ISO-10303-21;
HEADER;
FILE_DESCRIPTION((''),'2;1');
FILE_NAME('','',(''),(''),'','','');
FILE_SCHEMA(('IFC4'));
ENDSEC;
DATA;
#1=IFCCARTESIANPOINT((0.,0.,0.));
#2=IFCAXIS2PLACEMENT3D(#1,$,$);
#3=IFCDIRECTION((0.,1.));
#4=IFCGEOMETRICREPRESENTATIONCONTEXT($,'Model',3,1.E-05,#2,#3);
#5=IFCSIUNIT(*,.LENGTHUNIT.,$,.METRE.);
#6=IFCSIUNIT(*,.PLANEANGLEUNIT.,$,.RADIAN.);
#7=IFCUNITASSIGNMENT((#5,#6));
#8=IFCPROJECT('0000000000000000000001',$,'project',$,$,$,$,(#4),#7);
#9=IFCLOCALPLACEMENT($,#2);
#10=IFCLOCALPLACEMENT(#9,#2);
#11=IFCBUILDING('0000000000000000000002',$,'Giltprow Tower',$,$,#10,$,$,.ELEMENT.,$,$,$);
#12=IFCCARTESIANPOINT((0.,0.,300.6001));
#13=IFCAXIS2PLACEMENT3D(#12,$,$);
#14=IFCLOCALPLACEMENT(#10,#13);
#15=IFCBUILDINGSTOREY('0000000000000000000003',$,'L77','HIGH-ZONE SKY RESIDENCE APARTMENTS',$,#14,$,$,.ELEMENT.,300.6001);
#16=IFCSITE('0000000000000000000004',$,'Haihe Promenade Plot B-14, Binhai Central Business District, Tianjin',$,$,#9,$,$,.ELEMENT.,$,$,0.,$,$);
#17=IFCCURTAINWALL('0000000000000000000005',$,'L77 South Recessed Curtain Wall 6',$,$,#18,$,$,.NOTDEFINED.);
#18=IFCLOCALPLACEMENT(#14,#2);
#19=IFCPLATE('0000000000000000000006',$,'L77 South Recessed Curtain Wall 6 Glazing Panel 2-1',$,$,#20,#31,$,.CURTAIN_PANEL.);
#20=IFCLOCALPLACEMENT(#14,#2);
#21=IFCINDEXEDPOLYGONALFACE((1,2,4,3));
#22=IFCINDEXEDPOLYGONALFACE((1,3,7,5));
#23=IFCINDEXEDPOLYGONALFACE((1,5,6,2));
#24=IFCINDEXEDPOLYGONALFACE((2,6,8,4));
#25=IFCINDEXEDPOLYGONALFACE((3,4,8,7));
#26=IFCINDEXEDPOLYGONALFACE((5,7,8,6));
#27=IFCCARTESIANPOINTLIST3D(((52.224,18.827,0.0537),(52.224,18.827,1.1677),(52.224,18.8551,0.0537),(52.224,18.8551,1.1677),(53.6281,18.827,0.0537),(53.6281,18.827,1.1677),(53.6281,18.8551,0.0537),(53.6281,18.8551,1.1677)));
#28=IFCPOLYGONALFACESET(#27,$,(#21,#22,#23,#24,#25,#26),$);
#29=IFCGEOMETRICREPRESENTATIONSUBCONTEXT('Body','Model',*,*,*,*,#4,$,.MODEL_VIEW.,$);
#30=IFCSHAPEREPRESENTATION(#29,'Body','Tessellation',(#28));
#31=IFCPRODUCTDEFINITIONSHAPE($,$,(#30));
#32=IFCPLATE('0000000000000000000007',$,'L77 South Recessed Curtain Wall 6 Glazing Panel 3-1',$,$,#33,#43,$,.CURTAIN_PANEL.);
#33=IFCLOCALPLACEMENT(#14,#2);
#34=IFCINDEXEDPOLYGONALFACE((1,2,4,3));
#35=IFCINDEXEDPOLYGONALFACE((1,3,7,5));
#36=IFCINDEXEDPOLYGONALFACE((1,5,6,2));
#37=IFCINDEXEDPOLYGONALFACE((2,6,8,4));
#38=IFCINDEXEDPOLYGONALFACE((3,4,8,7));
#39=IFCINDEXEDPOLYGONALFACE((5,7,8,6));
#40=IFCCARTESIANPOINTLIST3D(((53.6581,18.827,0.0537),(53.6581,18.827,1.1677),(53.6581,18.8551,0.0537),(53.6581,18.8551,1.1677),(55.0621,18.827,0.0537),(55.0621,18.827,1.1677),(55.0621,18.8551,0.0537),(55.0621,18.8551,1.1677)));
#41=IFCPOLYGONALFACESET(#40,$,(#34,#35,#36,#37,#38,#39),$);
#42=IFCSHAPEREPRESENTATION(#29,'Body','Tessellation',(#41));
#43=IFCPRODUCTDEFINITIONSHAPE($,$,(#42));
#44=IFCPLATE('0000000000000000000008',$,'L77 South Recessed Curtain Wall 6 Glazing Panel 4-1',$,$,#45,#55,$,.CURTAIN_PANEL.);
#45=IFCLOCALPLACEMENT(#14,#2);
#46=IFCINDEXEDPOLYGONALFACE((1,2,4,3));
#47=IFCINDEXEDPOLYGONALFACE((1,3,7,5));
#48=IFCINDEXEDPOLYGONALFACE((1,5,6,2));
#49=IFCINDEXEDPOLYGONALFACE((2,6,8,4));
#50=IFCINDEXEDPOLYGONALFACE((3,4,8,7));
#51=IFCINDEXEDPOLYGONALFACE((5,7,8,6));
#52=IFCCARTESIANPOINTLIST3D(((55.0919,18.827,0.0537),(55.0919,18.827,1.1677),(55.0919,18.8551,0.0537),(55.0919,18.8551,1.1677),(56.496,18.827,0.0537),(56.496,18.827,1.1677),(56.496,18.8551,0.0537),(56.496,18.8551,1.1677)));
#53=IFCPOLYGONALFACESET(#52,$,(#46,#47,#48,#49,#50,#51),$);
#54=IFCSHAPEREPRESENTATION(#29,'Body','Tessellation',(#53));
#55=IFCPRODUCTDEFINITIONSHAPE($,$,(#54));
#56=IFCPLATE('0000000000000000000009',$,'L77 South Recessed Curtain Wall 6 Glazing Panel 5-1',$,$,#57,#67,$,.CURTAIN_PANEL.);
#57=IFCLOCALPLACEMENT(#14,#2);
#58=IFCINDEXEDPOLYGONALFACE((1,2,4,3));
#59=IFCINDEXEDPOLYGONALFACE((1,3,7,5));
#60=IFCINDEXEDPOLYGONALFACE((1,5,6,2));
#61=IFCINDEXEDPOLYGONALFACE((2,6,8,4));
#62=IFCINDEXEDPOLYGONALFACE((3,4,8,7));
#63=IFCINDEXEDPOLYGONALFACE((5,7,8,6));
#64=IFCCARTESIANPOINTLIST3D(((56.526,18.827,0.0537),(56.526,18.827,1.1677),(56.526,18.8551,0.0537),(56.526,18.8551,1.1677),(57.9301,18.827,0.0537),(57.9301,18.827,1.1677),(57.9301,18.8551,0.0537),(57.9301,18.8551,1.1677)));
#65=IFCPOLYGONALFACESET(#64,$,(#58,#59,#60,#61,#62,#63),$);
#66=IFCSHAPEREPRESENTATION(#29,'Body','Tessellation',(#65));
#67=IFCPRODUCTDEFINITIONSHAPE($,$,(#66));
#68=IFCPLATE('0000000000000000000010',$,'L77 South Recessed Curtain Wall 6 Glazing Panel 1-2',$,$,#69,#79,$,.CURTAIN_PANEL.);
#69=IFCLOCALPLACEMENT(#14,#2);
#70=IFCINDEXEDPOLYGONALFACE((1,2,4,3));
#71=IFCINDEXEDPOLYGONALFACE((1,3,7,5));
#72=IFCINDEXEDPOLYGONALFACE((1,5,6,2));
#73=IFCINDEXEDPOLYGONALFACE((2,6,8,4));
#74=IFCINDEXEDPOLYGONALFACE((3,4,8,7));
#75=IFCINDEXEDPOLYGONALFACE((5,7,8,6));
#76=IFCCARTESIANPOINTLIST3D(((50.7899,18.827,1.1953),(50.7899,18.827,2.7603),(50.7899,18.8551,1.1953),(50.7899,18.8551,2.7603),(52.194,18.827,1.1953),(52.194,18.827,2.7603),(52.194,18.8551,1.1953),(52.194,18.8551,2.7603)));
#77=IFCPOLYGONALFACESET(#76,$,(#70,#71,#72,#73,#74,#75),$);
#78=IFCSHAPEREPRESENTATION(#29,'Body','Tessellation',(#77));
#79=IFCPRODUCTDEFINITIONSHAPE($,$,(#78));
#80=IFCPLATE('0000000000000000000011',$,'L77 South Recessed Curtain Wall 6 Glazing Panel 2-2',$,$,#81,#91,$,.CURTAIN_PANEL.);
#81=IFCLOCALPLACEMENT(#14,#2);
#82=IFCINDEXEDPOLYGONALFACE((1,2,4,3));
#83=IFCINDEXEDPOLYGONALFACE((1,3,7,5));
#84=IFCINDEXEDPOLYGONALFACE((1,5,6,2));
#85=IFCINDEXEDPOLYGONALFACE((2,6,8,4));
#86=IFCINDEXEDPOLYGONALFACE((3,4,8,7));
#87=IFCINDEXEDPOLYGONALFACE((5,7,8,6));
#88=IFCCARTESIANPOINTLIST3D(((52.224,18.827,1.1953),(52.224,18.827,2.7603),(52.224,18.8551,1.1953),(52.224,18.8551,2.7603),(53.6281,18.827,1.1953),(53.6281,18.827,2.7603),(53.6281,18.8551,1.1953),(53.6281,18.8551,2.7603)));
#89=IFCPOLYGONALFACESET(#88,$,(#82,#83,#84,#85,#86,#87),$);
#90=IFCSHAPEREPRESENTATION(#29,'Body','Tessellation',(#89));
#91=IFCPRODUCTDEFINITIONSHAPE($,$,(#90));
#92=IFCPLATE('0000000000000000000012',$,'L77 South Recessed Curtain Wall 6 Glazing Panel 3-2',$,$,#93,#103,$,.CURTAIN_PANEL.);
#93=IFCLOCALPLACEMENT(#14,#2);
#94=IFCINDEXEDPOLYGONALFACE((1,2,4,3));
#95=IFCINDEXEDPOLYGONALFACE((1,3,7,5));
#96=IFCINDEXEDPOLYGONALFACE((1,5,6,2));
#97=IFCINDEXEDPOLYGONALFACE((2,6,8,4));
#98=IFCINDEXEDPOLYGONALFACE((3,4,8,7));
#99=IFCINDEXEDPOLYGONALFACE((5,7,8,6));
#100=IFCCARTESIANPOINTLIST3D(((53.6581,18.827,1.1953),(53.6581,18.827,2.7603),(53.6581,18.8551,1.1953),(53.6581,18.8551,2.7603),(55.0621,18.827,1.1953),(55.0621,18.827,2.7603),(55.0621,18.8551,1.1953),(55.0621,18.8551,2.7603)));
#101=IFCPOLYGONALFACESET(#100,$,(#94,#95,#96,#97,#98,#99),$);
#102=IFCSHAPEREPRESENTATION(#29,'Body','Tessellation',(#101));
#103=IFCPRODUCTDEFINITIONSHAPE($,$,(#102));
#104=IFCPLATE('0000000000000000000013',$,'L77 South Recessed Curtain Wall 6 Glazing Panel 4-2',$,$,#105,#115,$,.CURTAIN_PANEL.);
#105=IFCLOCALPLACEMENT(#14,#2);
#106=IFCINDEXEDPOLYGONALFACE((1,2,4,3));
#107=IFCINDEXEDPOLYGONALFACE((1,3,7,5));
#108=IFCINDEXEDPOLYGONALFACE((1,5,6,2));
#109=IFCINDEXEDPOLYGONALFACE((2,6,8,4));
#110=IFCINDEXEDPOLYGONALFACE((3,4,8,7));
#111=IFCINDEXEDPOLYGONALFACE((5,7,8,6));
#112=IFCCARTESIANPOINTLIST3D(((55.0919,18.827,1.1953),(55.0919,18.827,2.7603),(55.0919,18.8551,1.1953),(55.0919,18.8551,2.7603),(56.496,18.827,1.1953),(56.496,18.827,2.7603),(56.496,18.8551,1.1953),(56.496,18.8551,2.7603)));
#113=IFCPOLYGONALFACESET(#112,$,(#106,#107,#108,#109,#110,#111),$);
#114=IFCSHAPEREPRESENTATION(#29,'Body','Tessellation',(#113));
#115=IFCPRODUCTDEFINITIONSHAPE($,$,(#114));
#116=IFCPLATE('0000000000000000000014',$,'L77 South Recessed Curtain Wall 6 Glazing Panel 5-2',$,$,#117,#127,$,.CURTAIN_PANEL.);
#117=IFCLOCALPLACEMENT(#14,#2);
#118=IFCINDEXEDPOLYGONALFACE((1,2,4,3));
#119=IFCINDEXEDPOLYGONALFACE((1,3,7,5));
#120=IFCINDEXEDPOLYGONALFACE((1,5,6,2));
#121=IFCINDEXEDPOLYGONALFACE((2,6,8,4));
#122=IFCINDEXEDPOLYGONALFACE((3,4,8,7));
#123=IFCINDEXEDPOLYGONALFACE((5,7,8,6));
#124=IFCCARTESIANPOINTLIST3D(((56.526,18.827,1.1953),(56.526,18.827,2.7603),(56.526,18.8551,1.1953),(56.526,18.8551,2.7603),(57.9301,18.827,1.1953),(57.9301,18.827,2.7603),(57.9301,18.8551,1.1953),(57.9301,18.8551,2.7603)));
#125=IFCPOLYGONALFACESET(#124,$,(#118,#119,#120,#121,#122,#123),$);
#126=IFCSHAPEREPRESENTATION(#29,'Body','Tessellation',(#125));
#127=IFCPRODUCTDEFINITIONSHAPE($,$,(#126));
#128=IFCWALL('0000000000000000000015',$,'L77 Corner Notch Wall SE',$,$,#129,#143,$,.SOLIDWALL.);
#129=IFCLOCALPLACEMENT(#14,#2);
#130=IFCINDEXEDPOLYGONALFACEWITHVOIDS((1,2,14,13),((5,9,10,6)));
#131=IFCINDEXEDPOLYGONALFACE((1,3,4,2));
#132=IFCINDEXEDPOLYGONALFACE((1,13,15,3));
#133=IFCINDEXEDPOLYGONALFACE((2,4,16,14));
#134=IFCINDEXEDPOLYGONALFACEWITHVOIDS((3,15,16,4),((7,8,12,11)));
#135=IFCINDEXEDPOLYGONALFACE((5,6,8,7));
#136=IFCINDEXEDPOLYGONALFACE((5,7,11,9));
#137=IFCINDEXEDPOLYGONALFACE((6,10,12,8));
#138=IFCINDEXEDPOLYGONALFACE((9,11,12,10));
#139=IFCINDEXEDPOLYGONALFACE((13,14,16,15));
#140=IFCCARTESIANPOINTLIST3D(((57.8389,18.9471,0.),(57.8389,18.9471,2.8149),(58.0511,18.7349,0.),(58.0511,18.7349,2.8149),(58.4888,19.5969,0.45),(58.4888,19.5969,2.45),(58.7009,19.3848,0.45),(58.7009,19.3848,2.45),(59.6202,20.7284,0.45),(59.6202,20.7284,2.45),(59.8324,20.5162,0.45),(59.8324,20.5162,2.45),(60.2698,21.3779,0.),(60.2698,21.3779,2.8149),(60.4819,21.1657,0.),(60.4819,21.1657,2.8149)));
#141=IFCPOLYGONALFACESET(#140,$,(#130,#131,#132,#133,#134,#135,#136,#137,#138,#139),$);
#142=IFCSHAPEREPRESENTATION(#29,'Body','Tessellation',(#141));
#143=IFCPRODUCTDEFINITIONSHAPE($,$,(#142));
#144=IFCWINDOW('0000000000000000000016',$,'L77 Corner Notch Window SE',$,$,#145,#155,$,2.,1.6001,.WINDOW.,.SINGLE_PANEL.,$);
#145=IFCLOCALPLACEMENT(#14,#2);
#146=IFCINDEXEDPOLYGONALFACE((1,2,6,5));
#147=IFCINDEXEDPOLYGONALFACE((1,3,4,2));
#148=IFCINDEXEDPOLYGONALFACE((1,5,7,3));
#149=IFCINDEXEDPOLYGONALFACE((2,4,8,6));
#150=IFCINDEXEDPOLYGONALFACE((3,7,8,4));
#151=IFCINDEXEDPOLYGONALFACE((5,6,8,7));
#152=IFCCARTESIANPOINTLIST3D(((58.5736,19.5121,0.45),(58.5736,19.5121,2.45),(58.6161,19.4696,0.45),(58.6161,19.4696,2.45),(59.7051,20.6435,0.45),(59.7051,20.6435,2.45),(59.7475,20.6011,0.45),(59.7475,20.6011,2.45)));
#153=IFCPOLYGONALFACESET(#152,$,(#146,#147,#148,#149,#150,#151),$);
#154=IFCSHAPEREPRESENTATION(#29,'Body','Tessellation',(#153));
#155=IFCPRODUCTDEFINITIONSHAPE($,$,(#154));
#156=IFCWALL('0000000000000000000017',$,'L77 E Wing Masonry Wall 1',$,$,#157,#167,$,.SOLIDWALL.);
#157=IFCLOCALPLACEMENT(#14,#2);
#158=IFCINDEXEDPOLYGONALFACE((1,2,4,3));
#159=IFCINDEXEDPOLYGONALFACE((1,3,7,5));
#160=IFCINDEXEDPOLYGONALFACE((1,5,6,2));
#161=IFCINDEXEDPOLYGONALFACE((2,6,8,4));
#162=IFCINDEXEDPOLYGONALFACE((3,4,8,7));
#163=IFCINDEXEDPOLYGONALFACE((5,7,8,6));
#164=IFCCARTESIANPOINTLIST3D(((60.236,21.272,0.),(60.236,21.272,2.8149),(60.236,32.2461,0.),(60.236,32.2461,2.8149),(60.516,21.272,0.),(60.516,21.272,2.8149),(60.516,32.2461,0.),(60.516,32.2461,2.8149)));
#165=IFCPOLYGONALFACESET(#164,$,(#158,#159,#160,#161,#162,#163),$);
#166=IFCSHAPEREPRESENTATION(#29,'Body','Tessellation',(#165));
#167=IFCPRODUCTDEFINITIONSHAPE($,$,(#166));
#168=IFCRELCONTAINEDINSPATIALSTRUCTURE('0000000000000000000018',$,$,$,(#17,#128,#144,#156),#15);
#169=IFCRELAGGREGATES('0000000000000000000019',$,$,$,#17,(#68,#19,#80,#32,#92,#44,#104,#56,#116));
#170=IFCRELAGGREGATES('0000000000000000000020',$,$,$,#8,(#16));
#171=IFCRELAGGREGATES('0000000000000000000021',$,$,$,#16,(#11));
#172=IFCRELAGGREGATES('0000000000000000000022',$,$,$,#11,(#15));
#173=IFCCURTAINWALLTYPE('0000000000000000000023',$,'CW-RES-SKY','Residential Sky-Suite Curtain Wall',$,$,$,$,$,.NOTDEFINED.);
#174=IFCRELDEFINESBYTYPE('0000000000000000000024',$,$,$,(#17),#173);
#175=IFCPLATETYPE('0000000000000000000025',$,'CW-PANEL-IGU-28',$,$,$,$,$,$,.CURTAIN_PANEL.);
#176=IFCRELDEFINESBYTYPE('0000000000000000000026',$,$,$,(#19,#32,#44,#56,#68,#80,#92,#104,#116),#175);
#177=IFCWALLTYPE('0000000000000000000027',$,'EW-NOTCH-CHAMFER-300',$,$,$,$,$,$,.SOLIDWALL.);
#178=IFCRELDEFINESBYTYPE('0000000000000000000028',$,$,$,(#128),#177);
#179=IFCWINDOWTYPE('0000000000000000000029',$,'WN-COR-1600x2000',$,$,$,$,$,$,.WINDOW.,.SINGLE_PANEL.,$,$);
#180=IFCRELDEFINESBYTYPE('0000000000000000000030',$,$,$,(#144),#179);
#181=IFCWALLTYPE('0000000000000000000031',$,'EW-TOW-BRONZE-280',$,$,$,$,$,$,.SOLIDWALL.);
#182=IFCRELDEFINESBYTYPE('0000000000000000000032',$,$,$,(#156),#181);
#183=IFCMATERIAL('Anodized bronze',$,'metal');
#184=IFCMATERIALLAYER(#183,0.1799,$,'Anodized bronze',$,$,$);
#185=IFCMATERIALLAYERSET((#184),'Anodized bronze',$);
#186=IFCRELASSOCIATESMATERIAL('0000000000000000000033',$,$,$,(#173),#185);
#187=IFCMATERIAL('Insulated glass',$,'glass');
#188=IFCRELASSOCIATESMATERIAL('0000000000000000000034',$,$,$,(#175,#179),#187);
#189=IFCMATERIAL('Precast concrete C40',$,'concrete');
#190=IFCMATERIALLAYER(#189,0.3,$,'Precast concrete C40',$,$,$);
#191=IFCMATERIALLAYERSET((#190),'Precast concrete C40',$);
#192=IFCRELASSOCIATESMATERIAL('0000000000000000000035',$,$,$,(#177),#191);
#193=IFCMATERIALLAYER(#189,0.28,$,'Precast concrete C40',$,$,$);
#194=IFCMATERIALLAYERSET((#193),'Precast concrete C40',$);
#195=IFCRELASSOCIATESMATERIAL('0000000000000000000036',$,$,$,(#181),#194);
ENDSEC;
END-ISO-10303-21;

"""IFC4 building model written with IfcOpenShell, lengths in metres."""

from ifc_helpers import new_model, si_unit, direction, frame, frame_2d, origin, origin_2d, place, context, subcontext, project, spatial, rectangle, extrude, source, transform, mapped, material, layer, layer_set, type_object, element, fill, aggregate, save


model = new_model("IFC4")

# Units and contexts
model_context = context("Model", 3, precision=1e-05, world=origin(), true_north=direction((0.0, 1.0)))
body_context = subcontext(model_context, "Body", "Model", "MODEL_VIEW")
ifc_project = project(units=[si_unit("LENGTHUNIT", "METRE"), si_unit("PLANEANGLEUNIT", "RADIAN")], contexts=[model_context])

# Site, building, storey
site_placement = place(None, origin())
site = spatial("IfcSite", under=ifc_project, at=site_placement, Name="Haihe Promenade Plot B-14, Binhai Central Business District, Tianjin", CompositionType="ELEMENT", RefElevation=0.0)
building_placement = place(site_placement, origin())
building = spatial("IfcBuilding", under=site, at=building_placement, Name="Giltprow Tower", CompositionType="ELEMENT")
storey_placement = place(building_placement, frame((0.0, 0.0, 300.6001)))
storey = spatial("IfcBuildingStorey", under=building, at=storey_placement, Name="L77", Description="HIGH-ZONE SKY RESIDENCE APARTMENTS", CompositionType="ELEMENT", Elevation=300.6001)

# Curtain wall
ifc_material_1 = material(Name="Anodized bronze", Category="metal")
ifc_layer_1 = layer(ifc_material_1, 0.1799, Name="Anodized bronze")
ifc_layer_set_1 = layer_set([ifc_layer_1], Name="Anodized bronze")
curtain_wall_type = type_object("IfcCurtainWallType", Name="CW-RES-SKY", Description="Residential Sky-Suite Curtain Wall", PredefinedType="NOTDEFINED", material=ifc_layer_set_1)
curtain_wall_placement = place(storey_placement, origin())
curtain_wall = element("IfcCurtainWall", 1, at=curtain_wall_placement, inside=storey, type_object=curtain_wall_type, Name="L77 South Recessed Curtain Wall 6", PredefinedType="NOTDEFINED")

# Plates
ifc_material_2 = material(Name="Insulated glass", Category="glass")
plate_type_1 = type_object("IfcPlateType", Name="CW-PANEL-IGU-28", PredefinedType="CURTAIN_PANEL", material=ifc_material_2)
shared_shape_1 = source(origin(), body_context, "Body", "SweptSolid", [
    extrude(rectangle(XDim=1.4041, YDim=0.0281, at=origin_2d()), origin(), (0.0, 0.0, 1.0), 1.114),
])
plate_1_placement = place(storey_placement, frame((52.926, 18.8411, 0.0537), z_axis=(0.0, 0.0, 1.0), x_axis=(1.0, 0.0, 0.0)))
plate_1 = element("IfcPlate", 2, at=plate_1_placement, type_object=plate_type_1, Name="L77 South Recessed Curtain Wall 6 Glazing Panel 2-1", PredefinedType="CURTAIN_PANEL", context=body_context, shape_type="MappedRepresentation", body=[
    mapped(shared_shape_1, transform((0.0, 0.0, 0.0), x_axis=(1.0, 0.0, 0.0), y_axis=(0.0, 1.0, 0.0), z_axis=(0.0, 0.0, 1.0), scale=1.0)),
])
plate_2_placement = place(storey_placement, frame((54.3601, 18.8411, 0.0537), z_axis=(0.0, 0.0, 1.0), x_axis=(1.0, 0.0, 0.0)))
plate_2 = element("IfcPlate", 3, at=plate_2_placement, type_object=plate_type_1, Name="L77 South Recessed Curtain Wall 6 Glazing Panel 3-1", PredefinedType="CURTAIN_PANEL", context=body_context, shape_type="MappedRepresentation", body=[
    mapped(shared_shape_1, transform((0.0, 0.0, 0.0), x_axis=(1.0, 0.0, 0.0), y_axis=(0.0, 1.0, 0.0), z_axis=(0.0, 0.0, 1.0), scale=1.0)),
])
plate_3_placement = place(storey_placement, frame((55.7939, 18.8411, 0.0537), z_axis=(0.0, 0.0, 1.0), x_axis=(1.0, 0.0, 0.0)))
plate_3 = element("IfcPlate", 4, at=plate_3_placement, type_object=plate_type_1, Name="L77 South Recessed Curtain Wall 6 Glazing Panel 4-1", PredefinedType="CURTAIN_PANEL", context=body_context, shape_type="MappedRepresentation", body=[
    mapped(shared_shape_1, transform((0.0, 0.0, 0.0), x_axis=(1.0, 0.0, 0.0), y_axis=(0.0, 1.0, 0.0), z_axis=(0.0, 0.0, 1.0), scale=1.0)),
])
plate_4_placement = place(storey_placement, frame((57.228, 18.8411, 0.0537), z_axis=(0.0, 0.0, 1.0), x_axis=(1.0, 0.0, 0.0)))
plate_4 = element("IfcPlate", 5, at=plate_4_placement, type_object=plate_type_1, Name="L77 South Recessed Curtain Wall 6 Glazing Panel 5-1", PredefinedType="CURTAIN_PANEL", context=body_context, shape_type="MappedRepresentation", body=[
    mapped(shared_shape_1, transform((0.0, 0.0, 0.0), x_axis=(1.0, 0.0, 0.0), y_axis=(0.0, 1.0, 0.0), z_axis=(0.0, 0.0, 1.0), scale=1.0)),
])
shared_shape_2 = source(origin(), body_context, "Body", "SweptSolid", [
    extrude(rectangle(XDim=1.4041, YDim=0.0281, at=origin_2d()), origin(), (0.0, 0.0, 1.0), 1.5649),
])
plate_5_placement = place(storey_placement, frame((51.4919, 18.8411, 1.1953), z_axis=(0.0, 0.0, 1.0), x_axis=(1.0, 0.0, 0.0)))
plate_5 = element("IfcPlate", 6, at=plate_5_placement, type_object=plate_type_1, Name="L77 South Recessed Curtain Wall 6 Glazing Panel 1-2", PredefinedType="CURTAIN_PANEL", context=body_context, shape_type="MappedRepresentation", body=[
    mapped(shared_shape_2, transform((0.0, 0.0, 0.0), x_axis=(1.0, 0.0, 0.0), y_axis=(0.0, 1.0, 0.0), z_axis=(0.0, 0.0, 1.0), scale=1.0)),
])
plate_6_placement = place(storey_placement, frame((52.926, 18.8411, 1.1953), z_axis=(0.0, 0.0, 1.0), x_axis=(1.0, 0.0, 0.0)))
plate_6 = element("IfcPlate", 7, at=plate_6_placement, type_object=plate_type_1, Name="L77 South Recessed Curtain Wall 6 Glazing Panel 2-2", PredefinedType="CURTAIN_PANEL", context=body_context, shape_type="MappedRepresentation", body=[
    mapped(shared_shape_2, transform((0.0, 0.0, 0.0), x_axis=(1.0, 0.0, 0.0), y_axis=(0.0, 1.0, 0.0), z_axis=(0.0, 0.0, 1.0), scale=1.0)),
])
plate_7_placement = place(storey_placement, frame((54.3601, 18.8411, 1.1953), z_axis=(0.0, 0.0, 1.0), x_axis=(1.0, 0.0, 0.0)))
plate_7 = element("IfcPlate", 8, at=plate_7_placement, type_object=plate_type_1, Name="L77 South Recessed Curtain Wall 6 Glazing Panel 3-2", PredefinedType="CURTAIN_PANEL", context=body_context, shape_type="MappedRepresentation", body=[
    mapped(shared_shape_2, transform((0.0, 0.0, 0.0), x_axis=(1.0, 0.0, 0.0), y_axis=(0.0, 1.0, 0.0), z_axis=(0.0, 0.0, 1.0), scale=1.0)),
])
plate_8_placement = place(storey_placement, frame((55.7939, 18.8411, 1.1953), z_axis=(0.0, 0.0, 1.0), x_axis=(1.0, 0.0, 0.0)))
plate_8 = element("IfcPlate", 9, at=plate_8_placement, type_object=plate_type_1, Name="L77 South Recessed Curtain Wall 6 Glazing Panel 4-2", PredefinedType="CURTAIN_PANEL", context=body_context, shape_type="MappedRepresentation", body=[
    mapped(shared_shape_2, transform((0.0, 0.0, 0.0), x_axis=(1.0, 0.0, 0.0), y_axis=(0.0, 1.0, 0.0), z_axis=(0.0, 0.0, 1.0), scale=1.0)),
])
plate_9_placement = place(storey_placement, frame((57.228, 18.8411, 1.1953), z_axis=(0.0, 0.0, 1.0), x_axis=(1.0, 0.0, 0.0)))
plate_9 = element("IfcPlate", 10, at=plate_9_placement, type_object=plate_type_1, Name="L77 South Recessed Curtain Wall 6 Glazing Panel 5-2", PredefinedType="CURTAIN_PANEL", context=body_context, shape_type="MappedRepresentation", body=[
    mapped(shared_shape_2, transform((0.0, 0.0, 0.0), x_axis=(1.0, 0.0, 0.0), y_axis=(0.0, 1.0, 0.0), z_axis=(0.0, 0.0, 1.0), scale=1.0)),
])
aggregate(curtain_wall, [plate_5, plate_1, plate_6, plate_2, plate_7, plate_3, plate_8, plate_4, plate_9])

# Wall, opening, window
ifc_material_3 = material(Name="Precast concrete C40", Category="concrete")
ifc_layer_2 = layer(ifc_material_3, 0.3, Name="Precast concrete C40")
ifc_layer_set_2 = layer_set([ifc_layer_2], Name="Precast concrete C40")
wall_type_1 = type_object("IfcWallType", Name="EW-NOTCH-CHAMFER-300", PredefinedType="SOLIDWALL", material=ifc_layer_set_2)
wall_1_placement = place(storey_placement, frame((57.9451, 18.8411, 0.0), z_axis=(0.0, 0.0, 1.0), x_axis=(0.707107, 0.707107, 0.0)))
wall_1 = element("IfcWall", 11, at=wall_1_placement, inside=storey, type_object=wall_type_1, Name="L77 Corner Notch Wall SE", PredefinedType="SOLIDWALL", context=body_context, shape_type="SweptSolid", body=[
    extrude(rectangle(XDim=3.4377, YDim=0.3, at=frame_2d((1.7188, 0.0))), origin(), (0.0, 0.0, 1.0), 2.8149),
])
opening_placement = place(wall_1_placement, frame((0.9189, 0.0, 0.45)))
opening = element("IfcOpeningElement", 12, at=opening_placement, cuts=wall_1, PredefinedType="OPENING", context=body_context, shape_type="SweptSolid", body=[
    extrude(rectangle(XDim=1.6001, YDim=2.0, at=frame_2d((0.8, 1.0))), frame((0.0, 0.1599, 0.0), z_axis=(0.0, -1.0, 0.0), x_axis=(1.0, 0.0, 0.0)), (0.0, 0.0, 1.0), 0.3201),
])
window_type = type_object("IfcWindowType", Name="WN-COR-1600x2000", PartitioningType="SINGLE_PANEL", PredefinedType="WINDOW", material=ifc_material_2)
shared_shape_3 = source(origin(), body_context, "Body", "SweptSolid", [
    extrude(rectangle(XDim=1.6001, YDim=2.0, at=frame_2d((0.8, 1.0))), frame((0.0, 0.03, 0.0), z_axis=(0.0, -1.0, 0.0), x_axis=(1.0, 0.0, 0.0)), (0.0, 0.0, 1.0), 0.0601),
])
window_placement = place(opening_placement, origin())
window = element("IfcWindow", 13, at=window_placement, inside=storey, type_object=window_type, Name="L77 Corner Notch Window SE", OverallHeight=2.0, OverallWidth=1.6001, PartitioningType="SINGLE_PANEL", PredefinedType="WINDOW", context=body_context, shape_type="MappedRepresentation", body=[
    mapped(shared_shape_3, transform((0.0, 0.0, 0.0), x_axis=(1.0, 0.0, 0.0), y_axis=(0.0, 1.0, 0.0), z_axis=(0.0, 0.0, 1.0), scale=1.0)),
])
fill(opening, window)

# Wall
ifc_layer_3 = layer(ifc_material_3, 0.28, Name="Precast concrete C40")
ifc_layer_set_3 = layer_set([ifc_layer_3], Name="Precast concrete C40")
wall_type_2 = type_object("IfcWallType", Name="EW-TOW-BRONZE-280", PredefinedType="SOLIDWALL", material=ifc_layer_set_3)
wall_2_placement = place(storey_placement, frame((60.376, 21.272, 0.0), z_axis=(0.0, 0.0, 1.0), x_axis=(0.0, 1.0, 0.0)))
element("IfcWall", 14, at=wall_2_placement, inside=storey, type_object=wall_type_2, Name="L77 E Wing Masonry Wall 1", PredefinedType="SOLIDWALL", context=body_context, shape_type="SweptSolid", body=[
    extrude(rectangle(XDim=10.9741, YDim=0.28, at=frame_2d((5.4871, 0.0))), origin(), (0.0, 0.0, 1.0), 2.8149),
])

save(model, "model.ifc")
